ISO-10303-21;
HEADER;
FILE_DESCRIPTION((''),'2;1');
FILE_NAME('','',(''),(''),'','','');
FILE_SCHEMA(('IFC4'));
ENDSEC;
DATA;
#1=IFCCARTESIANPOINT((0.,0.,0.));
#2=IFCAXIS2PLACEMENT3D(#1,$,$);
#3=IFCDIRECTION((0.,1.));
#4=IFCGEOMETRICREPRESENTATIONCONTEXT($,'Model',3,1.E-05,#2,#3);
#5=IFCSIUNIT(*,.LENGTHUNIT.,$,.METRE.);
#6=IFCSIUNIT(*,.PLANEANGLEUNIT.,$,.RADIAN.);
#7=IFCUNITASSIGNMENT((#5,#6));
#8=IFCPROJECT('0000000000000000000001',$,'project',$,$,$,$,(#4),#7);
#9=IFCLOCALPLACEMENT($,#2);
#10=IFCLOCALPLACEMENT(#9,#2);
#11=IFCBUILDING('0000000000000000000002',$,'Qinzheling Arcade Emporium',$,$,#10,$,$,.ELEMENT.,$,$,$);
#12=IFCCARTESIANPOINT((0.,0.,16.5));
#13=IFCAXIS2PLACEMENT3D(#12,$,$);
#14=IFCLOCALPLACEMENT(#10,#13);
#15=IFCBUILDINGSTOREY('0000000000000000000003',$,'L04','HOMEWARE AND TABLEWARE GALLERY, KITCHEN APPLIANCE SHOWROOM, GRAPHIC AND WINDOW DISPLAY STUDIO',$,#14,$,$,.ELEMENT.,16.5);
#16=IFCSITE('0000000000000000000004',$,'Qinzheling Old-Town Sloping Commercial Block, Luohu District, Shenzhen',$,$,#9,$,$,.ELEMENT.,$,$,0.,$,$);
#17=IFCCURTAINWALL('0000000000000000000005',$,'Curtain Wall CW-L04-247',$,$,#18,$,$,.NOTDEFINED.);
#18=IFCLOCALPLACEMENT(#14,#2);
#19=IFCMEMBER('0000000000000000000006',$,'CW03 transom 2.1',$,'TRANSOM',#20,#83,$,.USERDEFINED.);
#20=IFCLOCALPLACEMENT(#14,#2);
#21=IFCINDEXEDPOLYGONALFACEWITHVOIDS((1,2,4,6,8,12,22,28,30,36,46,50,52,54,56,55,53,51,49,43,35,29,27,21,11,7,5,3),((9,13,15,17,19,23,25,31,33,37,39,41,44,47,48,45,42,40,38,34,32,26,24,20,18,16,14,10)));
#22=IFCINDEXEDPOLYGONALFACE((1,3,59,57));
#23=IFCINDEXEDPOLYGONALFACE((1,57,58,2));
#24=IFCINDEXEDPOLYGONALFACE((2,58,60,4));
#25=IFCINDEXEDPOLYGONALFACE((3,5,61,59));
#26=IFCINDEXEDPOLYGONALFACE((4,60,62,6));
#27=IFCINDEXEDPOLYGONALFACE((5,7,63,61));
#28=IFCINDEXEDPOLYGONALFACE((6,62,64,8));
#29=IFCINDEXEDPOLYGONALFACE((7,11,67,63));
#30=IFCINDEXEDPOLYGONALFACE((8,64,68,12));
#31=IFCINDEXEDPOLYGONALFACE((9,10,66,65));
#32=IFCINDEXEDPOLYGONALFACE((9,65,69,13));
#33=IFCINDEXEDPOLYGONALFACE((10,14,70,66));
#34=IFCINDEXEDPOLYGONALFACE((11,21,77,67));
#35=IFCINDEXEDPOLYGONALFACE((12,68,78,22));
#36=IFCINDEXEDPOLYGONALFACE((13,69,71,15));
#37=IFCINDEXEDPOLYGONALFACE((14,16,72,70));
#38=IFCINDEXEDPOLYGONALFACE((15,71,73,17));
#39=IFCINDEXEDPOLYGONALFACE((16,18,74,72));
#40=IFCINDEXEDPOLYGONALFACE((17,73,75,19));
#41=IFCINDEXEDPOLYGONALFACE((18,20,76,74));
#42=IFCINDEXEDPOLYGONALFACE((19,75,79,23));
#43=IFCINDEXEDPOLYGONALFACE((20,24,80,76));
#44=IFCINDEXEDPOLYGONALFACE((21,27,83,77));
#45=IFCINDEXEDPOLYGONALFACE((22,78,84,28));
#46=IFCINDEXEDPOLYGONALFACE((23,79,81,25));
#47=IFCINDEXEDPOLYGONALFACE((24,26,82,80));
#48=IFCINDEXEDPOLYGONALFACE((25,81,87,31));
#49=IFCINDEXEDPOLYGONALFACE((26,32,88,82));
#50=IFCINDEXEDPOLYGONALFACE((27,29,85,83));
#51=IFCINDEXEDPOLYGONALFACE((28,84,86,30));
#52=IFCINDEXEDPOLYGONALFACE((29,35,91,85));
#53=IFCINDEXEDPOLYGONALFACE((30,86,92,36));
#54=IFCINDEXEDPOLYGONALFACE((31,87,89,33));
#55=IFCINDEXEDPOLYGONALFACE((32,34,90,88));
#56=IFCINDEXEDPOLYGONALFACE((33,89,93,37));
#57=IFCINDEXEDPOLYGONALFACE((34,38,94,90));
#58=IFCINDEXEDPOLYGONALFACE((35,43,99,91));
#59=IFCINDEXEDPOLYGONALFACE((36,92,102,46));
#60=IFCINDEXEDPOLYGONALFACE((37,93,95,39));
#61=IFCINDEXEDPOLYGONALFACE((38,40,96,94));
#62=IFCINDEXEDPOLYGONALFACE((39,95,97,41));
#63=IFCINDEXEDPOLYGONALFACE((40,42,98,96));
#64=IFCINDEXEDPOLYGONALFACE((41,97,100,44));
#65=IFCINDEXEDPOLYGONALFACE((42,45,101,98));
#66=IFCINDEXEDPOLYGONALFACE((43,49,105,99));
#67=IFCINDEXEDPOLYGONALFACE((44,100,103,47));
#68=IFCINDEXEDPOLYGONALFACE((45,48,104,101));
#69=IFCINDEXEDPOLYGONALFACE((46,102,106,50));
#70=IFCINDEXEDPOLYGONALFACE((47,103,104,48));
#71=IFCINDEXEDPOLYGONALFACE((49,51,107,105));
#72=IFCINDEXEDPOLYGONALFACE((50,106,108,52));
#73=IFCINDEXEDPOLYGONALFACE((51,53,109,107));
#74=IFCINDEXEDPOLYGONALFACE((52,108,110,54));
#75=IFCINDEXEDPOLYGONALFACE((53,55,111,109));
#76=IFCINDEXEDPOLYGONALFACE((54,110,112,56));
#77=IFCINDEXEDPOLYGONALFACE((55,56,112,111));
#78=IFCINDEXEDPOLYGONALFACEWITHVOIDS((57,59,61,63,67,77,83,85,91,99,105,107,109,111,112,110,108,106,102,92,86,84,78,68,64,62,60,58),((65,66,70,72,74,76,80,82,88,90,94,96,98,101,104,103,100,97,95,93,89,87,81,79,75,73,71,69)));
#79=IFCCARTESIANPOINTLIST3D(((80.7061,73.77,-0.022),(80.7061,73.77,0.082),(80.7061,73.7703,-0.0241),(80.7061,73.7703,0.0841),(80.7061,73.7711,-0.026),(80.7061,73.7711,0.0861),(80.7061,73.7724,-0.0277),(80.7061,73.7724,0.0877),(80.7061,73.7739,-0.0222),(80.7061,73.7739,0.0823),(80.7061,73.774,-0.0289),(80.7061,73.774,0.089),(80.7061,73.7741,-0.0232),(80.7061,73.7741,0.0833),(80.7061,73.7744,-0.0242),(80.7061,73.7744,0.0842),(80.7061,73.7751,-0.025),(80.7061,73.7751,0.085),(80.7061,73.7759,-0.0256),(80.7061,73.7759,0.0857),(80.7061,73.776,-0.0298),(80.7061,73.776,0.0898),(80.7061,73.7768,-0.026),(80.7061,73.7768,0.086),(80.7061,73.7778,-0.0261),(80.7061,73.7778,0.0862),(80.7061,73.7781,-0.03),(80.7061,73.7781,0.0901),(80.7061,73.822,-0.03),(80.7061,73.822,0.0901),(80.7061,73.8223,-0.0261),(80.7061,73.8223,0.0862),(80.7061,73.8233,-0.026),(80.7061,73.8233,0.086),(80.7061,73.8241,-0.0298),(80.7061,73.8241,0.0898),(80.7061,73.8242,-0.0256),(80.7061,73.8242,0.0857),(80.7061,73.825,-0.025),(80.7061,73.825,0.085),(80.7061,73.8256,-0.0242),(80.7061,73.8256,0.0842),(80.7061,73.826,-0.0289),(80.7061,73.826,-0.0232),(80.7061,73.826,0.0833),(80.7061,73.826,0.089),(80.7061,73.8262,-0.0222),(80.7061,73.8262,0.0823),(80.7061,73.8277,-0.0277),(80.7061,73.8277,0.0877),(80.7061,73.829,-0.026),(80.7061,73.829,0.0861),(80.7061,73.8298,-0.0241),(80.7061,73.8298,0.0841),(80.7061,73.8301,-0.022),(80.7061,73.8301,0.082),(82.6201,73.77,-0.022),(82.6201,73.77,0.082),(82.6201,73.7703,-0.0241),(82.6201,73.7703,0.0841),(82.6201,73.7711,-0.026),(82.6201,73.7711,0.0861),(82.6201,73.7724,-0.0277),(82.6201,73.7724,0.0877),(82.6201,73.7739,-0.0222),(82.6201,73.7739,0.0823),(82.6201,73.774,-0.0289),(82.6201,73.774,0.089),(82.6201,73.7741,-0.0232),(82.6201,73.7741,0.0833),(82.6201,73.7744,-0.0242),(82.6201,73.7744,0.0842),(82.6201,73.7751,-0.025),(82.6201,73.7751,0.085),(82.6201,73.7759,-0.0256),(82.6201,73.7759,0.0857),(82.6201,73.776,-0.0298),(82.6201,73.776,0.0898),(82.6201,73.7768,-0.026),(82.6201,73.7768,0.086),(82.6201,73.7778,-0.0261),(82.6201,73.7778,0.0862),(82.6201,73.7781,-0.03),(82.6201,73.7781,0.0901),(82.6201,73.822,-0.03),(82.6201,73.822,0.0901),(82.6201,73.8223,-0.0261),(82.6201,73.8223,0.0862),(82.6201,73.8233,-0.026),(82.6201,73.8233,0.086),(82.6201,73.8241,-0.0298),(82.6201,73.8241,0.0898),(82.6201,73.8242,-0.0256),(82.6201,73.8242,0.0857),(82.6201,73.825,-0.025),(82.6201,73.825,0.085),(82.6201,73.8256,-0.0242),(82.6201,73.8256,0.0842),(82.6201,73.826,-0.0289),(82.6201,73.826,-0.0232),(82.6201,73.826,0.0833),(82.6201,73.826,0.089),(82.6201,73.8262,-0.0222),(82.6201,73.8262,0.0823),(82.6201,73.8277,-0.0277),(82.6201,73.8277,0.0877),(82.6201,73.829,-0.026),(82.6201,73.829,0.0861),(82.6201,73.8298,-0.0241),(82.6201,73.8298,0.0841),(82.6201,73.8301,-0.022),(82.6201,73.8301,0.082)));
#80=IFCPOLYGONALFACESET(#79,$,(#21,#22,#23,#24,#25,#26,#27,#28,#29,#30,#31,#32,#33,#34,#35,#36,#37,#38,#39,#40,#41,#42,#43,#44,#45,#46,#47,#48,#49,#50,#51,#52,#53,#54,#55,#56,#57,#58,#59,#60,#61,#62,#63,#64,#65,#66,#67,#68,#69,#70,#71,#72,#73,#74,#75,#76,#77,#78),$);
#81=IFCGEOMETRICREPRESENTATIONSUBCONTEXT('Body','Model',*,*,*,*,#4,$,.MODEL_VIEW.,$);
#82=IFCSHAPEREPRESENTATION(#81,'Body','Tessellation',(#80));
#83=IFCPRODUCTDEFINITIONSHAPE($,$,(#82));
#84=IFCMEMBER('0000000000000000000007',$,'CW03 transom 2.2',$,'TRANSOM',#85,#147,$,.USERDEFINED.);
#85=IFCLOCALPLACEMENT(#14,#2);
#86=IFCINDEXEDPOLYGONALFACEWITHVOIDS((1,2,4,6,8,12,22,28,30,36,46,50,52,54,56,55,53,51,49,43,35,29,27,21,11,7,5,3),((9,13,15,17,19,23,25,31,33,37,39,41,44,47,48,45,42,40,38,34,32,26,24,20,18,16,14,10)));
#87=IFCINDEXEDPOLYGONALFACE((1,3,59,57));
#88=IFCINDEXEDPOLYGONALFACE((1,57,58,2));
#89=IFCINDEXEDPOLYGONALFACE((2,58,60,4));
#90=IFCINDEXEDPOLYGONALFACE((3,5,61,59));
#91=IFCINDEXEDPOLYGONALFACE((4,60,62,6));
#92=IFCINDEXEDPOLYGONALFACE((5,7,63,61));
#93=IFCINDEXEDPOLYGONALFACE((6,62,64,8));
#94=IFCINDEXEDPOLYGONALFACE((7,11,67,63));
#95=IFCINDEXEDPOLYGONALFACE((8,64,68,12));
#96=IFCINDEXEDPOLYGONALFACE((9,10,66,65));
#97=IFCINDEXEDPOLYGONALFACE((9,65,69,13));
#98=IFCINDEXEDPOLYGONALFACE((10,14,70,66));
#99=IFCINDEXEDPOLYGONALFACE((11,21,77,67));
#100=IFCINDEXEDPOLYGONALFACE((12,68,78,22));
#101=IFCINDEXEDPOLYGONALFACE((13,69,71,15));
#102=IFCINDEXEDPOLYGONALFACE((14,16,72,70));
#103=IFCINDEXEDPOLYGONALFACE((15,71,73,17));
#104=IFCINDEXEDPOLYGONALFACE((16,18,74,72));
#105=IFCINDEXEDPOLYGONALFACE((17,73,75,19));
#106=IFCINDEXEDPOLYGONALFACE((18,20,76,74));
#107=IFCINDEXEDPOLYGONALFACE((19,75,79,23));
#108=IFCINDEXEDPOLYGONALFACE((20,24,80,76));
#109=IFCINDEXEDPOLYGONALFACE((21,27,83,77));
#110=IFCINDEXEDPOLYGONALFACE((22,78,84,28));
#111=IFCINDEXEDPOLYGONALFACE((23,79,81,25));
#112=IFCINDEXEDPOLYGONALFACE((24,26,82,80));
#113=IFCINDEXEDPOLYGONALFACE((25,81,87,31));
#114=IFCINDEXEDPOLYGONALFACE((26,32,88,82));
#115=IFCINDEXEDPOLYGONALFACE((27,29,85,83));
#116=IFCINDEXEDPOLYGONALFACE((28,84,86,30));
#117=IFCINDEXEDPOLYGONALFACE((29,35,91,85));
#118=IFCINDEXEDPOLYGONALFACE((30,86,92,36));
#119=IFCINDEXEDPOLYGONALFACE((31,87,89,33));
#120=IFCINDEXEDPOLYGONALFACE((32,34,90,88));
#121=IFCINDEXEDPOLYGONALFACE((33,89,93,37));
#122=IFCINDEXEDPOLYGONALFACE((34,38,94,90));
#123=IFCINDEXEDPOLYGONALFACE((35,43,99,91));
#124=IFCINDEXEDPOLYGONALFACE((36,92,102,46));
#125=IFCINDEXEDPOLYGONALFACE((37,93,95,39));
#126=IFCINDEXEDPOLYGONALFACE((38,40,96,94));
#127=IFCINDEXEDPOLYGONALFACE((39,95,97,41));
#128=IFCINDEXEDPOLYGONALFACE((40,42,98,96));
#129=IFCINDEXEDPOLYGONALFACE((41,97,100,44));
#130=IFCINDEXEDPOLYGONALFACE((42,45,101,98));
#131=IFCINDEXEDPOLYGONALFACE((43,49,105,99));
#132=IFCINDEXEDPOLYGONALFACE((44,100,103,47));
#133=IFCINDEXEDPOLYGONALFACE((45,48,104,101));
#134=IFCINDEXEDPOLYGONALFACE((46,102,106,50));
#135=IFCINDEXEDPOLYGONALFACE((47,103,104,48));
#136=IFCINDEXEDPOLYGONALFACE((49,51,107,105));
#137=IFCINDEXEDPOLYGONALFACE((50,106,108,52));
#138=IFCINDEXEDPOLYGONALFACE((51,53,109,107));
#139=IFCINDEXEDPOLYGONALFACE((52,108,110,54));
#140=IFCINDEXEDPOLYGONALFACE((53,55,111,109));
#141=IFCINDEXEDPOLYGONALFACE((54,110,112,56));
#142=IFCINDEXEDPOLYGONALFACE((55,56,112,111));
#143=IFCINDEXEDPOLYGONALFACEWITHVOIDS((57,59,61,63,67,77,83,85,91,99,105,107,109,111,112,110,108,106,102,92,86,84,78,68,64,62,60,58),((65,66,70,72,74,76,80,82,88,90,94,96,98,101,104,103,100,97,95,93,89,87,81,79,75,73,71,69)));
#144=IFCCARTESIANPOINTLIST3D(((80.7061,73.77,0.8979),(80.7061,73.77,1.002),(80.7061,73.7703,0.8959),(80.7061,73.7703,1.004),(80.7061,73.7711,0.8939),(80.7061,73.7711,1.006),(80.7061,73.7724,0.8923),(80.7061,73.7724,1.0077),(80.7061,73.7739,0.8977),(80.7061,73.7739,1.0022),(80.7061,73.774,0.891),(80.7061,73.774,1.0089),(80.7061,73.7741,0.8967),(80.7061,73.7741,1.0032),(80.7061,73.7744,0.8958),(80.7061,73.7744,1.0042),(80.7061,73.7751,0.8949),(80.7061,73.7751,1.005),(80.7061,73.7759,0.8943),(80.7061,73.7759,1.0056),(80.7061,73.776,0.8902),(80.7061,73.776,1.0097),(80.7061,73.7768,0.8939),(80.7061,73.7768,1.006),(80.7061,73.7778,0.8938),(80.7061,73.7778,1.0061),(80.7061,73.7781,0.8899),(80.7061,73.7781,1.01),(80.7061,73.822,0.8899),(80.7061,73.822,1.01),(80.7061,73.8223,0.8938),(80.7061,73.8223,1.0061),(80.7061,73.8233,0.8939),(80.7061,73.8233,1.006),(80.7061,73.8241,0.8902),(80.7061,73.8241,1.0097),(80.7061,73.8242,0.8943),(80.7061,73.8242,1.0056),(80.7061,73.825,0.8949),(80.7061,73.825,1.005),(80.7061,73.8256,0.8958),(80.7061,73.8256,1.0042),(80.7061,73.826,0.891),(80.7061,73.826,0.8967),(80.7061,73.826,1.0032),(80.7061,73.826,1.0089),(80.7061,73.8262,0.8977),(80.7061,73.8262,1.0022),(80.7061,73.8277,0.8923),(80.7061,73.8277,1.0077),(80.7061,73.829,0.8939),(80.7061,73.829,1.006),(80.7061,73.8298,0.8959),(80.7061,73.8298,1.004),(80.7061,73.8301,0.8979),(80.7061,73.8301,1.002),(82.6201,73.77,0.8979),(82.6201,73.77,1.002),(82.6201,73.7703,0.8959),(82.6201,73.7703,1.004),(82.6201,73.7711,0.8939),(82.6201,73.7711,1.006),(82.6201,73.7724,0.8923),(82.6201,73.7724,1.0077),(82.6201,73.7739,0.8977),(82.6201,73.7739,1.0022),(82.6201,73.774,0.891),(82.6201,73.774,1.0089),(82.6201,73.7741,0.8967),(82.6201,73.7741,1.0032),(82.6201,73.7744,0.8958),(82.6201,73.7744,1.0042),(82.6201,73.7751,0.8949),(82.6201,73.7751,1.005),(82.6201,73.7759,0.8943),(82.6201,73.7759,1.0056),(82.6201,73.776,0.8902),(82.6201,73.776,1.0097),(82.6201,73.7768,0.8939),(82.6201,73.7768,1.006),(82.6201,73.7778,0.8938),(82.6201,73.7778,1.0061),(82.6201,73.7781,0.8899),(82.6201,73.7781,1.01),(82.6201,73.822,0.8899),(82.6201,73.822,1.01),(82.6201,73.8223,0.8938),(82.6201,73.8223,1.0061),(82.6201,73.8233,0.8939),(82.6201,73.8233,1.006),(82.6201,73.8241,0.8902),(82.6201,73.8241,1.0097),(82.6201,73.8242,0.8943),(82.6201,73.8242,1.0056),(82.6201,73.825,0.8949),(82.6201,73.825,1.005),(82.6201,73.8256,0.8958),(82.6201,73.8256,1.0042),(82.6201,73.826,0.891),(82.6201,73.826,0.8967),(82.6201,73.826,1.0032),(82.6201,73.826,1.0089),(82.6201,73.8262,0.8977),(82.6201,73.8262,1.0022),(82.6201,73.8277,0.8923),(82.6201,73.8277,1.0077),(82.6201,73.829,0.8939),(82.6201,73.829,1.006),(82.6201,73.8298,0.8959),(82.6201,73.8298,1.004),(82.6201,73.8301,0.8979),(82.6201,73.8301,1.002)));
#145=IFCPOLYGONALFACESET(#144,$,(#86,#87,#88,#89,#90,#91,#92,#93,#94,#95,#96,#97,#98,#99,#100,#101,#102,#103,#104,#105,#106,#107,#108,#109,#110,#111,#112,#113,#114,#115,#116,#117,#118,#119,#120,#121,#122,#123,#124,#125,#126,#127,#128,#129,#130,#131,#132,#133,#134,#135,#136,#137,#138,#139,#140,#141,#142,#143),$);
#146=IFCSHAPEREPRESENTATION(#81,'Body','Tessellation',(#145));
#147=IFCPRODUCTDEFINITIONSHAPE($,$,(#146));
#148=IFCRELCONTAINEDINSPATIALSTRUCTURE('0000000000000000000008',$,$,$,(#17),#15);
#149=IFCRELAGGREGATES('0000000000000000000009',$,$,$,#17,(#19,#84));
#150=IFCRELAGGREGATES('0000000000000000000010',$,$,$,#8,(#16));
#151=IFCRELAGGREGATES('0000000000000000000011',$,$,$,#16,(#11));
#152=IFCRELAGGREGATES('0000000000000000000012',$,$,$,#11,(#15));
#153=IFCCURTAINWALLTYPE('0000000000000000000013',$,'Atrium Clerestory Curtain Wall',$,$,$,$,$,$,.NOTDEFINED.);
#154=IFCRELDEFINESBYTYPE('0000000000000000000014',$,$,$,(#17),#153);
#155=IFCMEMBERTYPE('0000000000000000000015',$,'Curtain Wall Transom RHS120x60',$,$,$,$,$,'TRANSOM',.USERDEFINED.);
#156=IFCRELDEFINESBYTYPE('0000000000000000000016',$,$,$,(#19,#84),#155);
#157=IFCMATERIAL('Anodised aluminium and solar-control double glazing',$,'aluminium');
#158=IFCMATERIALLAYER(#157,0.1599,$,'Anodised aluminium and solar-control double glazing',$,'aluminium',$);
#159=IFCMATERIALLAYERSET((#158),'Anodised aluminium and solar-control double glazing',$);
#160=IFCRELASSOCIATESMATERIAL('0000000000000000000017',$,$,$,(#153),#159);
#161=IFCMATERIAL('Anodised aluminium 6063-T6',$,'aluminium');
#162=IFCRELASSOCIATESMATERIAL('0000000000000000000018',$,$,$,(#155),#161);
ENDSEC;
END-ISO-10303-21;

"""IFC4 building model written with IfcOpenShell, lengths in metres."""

from ifc_helpers import new_model, si_unit, direction, frame, origin, origin_2d, place, context, subcontext, project, spatial, hollow_rectangle, extrude, material, layer, layer_set, material_profile, profile_set, type_object, element, aggregate, save


model = new_model("IFC4")

# Units and contexts
model_context = context("Model", 3, precision=1e-05, world=origin(), true_north=direction((0.0, 1.0)))
body_context = subcontext(model_context, "Body", "Model", "MODEL_VIEW")
ifc_project = project(units=[si_unit("LENGTHUNIT", "METRE"), si_unit("PLANEANGLEUNIT", "RADIAN")], contexts=[model_context])

# Site, building, storey
site_placement = place(None, origin())
site = spatial("IfcSite", under=ifc_project, at=site_placement, Name="Qinzheling Old-Town Sloping Commercial Block, Luohu District, Shenzhen", CompositionType="ELEMENT", RefElevation=0.0)
building_placement = place(site_placement, origin())
building = spatial("IfcBuilding", under=site, at=building_placement, Name="Qinzheling Arcade Emporium", CompositionType="ELEMENT")
storey_placement = place(building_placement, frame((0.0, 0.0, 16.5)))
storey = spatial("IfcBuildingStorey", under=building, at=storey_placement, Name="L04", Description="HOMEWARE AND TABLEWARE GALLERY, KITCHEN APPLIANCE SHOWROOM, GRAPHIC AND WINDOW DISPLAY STUDIO", CompositionType="ELEMENT", Elevation=16.5)

# Curtain wall
ifc_material_1 = material(Name="Anodised aluminium and solar-control double glazing", Category="aluminium")
ifc_layer_1 = layer(ifc_material_1, 0.1599, Name="Anodised aluminium and solar-control double glazing", Category="aluminium")
ifc_layer_set_1 = layer_set([ifc_layer_1], Name="Anodised aluminium and solar-control double glazing")
curtain_wall_type = type_object("IfcCurtainWallType", Name="Atrium Clerestory Curtain Wall", PredefinedType="NOTDEFINED", material=ifc_layer_set_1)
ifc_material_2 = material(Name="Anodised aluminium 6063-T6", Category="aluminium")
curtain_wall_1_placement = place(storey_placement, origin())
curtain_wall_1 = element("IfcCurtainWall", 1, at=curtain_wall_1_placement, inside=storey, type_object=curtain_wall_type, Name="Curtain Wall CW-L04-247", PredefinedType="NOTDEFINED")

# Members
ifc_material_profile_1 = material_profile(ifc_material_2, hollow_rectangle(XDim=0.0601, YDim=0.1201, WallThickness=0.0039, InnerFilletRadius=0.0039, OuterFilletRadius=0.0081, at=origin_2d()), Name="RHS 120x60x4", Category="aluminium")
ifc_profile_set_1 = profile_set([ifc_material_profile_1], Name="Anodised aluminium 6063-T6")
member_type_1 = type_object("IfcMemberType", Name="Curtain Wall Transom RHS120x60", ElementType="TRANSOM", PredefinedType="USERDEFINED", material=ifc_profile_set_1)
member_1_placement = place(storey_placement, frame((80.7061, 73.8, 0.03), z_axis=(1.0, 0.0, 0.0), x_axis=(0.0, 1.0, 0.0)))
member_1 = element("IfcMember", 2, at=member_1_placement, type_object=member_type_1, Name="CW03 transom 2.1", ObjectType="TRANSOM", PredefinedType="USERDEFINED", context=body_context, shape_type="SweptSolid", body=[
    extrude(hollow_rectangle(XDim=0.0601, YDim=0.1201, WallThickness=0.0039, InnerFilletRadius=0.0039, OuterFilletRadius=0.0081, at=origin_2d()), origin(), (0.0, 0.0, 1.0), 1.9141),
])
member_2_placement = place(storey_placement, frame((80.7061, 73.8, 0.95), z_axis=(1.0, 0.0, 0.0), x_axis=(0.0, 1.0, 0.0)))
member_2 = element("IfcMember", 3, at=member_2_placement, type_object=member_type_1, Name="CW03 transom 2.2", ObjectType="TRANSOM", PredefinedType="USERDEFINED", context=body_context, shape_type="SweptSolid", body=[
    extrude(hollow_rectangle(XDim=0.0601, YDim=0.1201, WallThickness=0.0039, InnerFilletRadius=0.0039, OuterFilletRadius=0.0081, at=origin_2d()), origin(), (0.0, 0.0, 1.0), 1.9141),
])

aggregate(curtain_wall_1, [member_1, member_2])

save(model, "model.ifc")
